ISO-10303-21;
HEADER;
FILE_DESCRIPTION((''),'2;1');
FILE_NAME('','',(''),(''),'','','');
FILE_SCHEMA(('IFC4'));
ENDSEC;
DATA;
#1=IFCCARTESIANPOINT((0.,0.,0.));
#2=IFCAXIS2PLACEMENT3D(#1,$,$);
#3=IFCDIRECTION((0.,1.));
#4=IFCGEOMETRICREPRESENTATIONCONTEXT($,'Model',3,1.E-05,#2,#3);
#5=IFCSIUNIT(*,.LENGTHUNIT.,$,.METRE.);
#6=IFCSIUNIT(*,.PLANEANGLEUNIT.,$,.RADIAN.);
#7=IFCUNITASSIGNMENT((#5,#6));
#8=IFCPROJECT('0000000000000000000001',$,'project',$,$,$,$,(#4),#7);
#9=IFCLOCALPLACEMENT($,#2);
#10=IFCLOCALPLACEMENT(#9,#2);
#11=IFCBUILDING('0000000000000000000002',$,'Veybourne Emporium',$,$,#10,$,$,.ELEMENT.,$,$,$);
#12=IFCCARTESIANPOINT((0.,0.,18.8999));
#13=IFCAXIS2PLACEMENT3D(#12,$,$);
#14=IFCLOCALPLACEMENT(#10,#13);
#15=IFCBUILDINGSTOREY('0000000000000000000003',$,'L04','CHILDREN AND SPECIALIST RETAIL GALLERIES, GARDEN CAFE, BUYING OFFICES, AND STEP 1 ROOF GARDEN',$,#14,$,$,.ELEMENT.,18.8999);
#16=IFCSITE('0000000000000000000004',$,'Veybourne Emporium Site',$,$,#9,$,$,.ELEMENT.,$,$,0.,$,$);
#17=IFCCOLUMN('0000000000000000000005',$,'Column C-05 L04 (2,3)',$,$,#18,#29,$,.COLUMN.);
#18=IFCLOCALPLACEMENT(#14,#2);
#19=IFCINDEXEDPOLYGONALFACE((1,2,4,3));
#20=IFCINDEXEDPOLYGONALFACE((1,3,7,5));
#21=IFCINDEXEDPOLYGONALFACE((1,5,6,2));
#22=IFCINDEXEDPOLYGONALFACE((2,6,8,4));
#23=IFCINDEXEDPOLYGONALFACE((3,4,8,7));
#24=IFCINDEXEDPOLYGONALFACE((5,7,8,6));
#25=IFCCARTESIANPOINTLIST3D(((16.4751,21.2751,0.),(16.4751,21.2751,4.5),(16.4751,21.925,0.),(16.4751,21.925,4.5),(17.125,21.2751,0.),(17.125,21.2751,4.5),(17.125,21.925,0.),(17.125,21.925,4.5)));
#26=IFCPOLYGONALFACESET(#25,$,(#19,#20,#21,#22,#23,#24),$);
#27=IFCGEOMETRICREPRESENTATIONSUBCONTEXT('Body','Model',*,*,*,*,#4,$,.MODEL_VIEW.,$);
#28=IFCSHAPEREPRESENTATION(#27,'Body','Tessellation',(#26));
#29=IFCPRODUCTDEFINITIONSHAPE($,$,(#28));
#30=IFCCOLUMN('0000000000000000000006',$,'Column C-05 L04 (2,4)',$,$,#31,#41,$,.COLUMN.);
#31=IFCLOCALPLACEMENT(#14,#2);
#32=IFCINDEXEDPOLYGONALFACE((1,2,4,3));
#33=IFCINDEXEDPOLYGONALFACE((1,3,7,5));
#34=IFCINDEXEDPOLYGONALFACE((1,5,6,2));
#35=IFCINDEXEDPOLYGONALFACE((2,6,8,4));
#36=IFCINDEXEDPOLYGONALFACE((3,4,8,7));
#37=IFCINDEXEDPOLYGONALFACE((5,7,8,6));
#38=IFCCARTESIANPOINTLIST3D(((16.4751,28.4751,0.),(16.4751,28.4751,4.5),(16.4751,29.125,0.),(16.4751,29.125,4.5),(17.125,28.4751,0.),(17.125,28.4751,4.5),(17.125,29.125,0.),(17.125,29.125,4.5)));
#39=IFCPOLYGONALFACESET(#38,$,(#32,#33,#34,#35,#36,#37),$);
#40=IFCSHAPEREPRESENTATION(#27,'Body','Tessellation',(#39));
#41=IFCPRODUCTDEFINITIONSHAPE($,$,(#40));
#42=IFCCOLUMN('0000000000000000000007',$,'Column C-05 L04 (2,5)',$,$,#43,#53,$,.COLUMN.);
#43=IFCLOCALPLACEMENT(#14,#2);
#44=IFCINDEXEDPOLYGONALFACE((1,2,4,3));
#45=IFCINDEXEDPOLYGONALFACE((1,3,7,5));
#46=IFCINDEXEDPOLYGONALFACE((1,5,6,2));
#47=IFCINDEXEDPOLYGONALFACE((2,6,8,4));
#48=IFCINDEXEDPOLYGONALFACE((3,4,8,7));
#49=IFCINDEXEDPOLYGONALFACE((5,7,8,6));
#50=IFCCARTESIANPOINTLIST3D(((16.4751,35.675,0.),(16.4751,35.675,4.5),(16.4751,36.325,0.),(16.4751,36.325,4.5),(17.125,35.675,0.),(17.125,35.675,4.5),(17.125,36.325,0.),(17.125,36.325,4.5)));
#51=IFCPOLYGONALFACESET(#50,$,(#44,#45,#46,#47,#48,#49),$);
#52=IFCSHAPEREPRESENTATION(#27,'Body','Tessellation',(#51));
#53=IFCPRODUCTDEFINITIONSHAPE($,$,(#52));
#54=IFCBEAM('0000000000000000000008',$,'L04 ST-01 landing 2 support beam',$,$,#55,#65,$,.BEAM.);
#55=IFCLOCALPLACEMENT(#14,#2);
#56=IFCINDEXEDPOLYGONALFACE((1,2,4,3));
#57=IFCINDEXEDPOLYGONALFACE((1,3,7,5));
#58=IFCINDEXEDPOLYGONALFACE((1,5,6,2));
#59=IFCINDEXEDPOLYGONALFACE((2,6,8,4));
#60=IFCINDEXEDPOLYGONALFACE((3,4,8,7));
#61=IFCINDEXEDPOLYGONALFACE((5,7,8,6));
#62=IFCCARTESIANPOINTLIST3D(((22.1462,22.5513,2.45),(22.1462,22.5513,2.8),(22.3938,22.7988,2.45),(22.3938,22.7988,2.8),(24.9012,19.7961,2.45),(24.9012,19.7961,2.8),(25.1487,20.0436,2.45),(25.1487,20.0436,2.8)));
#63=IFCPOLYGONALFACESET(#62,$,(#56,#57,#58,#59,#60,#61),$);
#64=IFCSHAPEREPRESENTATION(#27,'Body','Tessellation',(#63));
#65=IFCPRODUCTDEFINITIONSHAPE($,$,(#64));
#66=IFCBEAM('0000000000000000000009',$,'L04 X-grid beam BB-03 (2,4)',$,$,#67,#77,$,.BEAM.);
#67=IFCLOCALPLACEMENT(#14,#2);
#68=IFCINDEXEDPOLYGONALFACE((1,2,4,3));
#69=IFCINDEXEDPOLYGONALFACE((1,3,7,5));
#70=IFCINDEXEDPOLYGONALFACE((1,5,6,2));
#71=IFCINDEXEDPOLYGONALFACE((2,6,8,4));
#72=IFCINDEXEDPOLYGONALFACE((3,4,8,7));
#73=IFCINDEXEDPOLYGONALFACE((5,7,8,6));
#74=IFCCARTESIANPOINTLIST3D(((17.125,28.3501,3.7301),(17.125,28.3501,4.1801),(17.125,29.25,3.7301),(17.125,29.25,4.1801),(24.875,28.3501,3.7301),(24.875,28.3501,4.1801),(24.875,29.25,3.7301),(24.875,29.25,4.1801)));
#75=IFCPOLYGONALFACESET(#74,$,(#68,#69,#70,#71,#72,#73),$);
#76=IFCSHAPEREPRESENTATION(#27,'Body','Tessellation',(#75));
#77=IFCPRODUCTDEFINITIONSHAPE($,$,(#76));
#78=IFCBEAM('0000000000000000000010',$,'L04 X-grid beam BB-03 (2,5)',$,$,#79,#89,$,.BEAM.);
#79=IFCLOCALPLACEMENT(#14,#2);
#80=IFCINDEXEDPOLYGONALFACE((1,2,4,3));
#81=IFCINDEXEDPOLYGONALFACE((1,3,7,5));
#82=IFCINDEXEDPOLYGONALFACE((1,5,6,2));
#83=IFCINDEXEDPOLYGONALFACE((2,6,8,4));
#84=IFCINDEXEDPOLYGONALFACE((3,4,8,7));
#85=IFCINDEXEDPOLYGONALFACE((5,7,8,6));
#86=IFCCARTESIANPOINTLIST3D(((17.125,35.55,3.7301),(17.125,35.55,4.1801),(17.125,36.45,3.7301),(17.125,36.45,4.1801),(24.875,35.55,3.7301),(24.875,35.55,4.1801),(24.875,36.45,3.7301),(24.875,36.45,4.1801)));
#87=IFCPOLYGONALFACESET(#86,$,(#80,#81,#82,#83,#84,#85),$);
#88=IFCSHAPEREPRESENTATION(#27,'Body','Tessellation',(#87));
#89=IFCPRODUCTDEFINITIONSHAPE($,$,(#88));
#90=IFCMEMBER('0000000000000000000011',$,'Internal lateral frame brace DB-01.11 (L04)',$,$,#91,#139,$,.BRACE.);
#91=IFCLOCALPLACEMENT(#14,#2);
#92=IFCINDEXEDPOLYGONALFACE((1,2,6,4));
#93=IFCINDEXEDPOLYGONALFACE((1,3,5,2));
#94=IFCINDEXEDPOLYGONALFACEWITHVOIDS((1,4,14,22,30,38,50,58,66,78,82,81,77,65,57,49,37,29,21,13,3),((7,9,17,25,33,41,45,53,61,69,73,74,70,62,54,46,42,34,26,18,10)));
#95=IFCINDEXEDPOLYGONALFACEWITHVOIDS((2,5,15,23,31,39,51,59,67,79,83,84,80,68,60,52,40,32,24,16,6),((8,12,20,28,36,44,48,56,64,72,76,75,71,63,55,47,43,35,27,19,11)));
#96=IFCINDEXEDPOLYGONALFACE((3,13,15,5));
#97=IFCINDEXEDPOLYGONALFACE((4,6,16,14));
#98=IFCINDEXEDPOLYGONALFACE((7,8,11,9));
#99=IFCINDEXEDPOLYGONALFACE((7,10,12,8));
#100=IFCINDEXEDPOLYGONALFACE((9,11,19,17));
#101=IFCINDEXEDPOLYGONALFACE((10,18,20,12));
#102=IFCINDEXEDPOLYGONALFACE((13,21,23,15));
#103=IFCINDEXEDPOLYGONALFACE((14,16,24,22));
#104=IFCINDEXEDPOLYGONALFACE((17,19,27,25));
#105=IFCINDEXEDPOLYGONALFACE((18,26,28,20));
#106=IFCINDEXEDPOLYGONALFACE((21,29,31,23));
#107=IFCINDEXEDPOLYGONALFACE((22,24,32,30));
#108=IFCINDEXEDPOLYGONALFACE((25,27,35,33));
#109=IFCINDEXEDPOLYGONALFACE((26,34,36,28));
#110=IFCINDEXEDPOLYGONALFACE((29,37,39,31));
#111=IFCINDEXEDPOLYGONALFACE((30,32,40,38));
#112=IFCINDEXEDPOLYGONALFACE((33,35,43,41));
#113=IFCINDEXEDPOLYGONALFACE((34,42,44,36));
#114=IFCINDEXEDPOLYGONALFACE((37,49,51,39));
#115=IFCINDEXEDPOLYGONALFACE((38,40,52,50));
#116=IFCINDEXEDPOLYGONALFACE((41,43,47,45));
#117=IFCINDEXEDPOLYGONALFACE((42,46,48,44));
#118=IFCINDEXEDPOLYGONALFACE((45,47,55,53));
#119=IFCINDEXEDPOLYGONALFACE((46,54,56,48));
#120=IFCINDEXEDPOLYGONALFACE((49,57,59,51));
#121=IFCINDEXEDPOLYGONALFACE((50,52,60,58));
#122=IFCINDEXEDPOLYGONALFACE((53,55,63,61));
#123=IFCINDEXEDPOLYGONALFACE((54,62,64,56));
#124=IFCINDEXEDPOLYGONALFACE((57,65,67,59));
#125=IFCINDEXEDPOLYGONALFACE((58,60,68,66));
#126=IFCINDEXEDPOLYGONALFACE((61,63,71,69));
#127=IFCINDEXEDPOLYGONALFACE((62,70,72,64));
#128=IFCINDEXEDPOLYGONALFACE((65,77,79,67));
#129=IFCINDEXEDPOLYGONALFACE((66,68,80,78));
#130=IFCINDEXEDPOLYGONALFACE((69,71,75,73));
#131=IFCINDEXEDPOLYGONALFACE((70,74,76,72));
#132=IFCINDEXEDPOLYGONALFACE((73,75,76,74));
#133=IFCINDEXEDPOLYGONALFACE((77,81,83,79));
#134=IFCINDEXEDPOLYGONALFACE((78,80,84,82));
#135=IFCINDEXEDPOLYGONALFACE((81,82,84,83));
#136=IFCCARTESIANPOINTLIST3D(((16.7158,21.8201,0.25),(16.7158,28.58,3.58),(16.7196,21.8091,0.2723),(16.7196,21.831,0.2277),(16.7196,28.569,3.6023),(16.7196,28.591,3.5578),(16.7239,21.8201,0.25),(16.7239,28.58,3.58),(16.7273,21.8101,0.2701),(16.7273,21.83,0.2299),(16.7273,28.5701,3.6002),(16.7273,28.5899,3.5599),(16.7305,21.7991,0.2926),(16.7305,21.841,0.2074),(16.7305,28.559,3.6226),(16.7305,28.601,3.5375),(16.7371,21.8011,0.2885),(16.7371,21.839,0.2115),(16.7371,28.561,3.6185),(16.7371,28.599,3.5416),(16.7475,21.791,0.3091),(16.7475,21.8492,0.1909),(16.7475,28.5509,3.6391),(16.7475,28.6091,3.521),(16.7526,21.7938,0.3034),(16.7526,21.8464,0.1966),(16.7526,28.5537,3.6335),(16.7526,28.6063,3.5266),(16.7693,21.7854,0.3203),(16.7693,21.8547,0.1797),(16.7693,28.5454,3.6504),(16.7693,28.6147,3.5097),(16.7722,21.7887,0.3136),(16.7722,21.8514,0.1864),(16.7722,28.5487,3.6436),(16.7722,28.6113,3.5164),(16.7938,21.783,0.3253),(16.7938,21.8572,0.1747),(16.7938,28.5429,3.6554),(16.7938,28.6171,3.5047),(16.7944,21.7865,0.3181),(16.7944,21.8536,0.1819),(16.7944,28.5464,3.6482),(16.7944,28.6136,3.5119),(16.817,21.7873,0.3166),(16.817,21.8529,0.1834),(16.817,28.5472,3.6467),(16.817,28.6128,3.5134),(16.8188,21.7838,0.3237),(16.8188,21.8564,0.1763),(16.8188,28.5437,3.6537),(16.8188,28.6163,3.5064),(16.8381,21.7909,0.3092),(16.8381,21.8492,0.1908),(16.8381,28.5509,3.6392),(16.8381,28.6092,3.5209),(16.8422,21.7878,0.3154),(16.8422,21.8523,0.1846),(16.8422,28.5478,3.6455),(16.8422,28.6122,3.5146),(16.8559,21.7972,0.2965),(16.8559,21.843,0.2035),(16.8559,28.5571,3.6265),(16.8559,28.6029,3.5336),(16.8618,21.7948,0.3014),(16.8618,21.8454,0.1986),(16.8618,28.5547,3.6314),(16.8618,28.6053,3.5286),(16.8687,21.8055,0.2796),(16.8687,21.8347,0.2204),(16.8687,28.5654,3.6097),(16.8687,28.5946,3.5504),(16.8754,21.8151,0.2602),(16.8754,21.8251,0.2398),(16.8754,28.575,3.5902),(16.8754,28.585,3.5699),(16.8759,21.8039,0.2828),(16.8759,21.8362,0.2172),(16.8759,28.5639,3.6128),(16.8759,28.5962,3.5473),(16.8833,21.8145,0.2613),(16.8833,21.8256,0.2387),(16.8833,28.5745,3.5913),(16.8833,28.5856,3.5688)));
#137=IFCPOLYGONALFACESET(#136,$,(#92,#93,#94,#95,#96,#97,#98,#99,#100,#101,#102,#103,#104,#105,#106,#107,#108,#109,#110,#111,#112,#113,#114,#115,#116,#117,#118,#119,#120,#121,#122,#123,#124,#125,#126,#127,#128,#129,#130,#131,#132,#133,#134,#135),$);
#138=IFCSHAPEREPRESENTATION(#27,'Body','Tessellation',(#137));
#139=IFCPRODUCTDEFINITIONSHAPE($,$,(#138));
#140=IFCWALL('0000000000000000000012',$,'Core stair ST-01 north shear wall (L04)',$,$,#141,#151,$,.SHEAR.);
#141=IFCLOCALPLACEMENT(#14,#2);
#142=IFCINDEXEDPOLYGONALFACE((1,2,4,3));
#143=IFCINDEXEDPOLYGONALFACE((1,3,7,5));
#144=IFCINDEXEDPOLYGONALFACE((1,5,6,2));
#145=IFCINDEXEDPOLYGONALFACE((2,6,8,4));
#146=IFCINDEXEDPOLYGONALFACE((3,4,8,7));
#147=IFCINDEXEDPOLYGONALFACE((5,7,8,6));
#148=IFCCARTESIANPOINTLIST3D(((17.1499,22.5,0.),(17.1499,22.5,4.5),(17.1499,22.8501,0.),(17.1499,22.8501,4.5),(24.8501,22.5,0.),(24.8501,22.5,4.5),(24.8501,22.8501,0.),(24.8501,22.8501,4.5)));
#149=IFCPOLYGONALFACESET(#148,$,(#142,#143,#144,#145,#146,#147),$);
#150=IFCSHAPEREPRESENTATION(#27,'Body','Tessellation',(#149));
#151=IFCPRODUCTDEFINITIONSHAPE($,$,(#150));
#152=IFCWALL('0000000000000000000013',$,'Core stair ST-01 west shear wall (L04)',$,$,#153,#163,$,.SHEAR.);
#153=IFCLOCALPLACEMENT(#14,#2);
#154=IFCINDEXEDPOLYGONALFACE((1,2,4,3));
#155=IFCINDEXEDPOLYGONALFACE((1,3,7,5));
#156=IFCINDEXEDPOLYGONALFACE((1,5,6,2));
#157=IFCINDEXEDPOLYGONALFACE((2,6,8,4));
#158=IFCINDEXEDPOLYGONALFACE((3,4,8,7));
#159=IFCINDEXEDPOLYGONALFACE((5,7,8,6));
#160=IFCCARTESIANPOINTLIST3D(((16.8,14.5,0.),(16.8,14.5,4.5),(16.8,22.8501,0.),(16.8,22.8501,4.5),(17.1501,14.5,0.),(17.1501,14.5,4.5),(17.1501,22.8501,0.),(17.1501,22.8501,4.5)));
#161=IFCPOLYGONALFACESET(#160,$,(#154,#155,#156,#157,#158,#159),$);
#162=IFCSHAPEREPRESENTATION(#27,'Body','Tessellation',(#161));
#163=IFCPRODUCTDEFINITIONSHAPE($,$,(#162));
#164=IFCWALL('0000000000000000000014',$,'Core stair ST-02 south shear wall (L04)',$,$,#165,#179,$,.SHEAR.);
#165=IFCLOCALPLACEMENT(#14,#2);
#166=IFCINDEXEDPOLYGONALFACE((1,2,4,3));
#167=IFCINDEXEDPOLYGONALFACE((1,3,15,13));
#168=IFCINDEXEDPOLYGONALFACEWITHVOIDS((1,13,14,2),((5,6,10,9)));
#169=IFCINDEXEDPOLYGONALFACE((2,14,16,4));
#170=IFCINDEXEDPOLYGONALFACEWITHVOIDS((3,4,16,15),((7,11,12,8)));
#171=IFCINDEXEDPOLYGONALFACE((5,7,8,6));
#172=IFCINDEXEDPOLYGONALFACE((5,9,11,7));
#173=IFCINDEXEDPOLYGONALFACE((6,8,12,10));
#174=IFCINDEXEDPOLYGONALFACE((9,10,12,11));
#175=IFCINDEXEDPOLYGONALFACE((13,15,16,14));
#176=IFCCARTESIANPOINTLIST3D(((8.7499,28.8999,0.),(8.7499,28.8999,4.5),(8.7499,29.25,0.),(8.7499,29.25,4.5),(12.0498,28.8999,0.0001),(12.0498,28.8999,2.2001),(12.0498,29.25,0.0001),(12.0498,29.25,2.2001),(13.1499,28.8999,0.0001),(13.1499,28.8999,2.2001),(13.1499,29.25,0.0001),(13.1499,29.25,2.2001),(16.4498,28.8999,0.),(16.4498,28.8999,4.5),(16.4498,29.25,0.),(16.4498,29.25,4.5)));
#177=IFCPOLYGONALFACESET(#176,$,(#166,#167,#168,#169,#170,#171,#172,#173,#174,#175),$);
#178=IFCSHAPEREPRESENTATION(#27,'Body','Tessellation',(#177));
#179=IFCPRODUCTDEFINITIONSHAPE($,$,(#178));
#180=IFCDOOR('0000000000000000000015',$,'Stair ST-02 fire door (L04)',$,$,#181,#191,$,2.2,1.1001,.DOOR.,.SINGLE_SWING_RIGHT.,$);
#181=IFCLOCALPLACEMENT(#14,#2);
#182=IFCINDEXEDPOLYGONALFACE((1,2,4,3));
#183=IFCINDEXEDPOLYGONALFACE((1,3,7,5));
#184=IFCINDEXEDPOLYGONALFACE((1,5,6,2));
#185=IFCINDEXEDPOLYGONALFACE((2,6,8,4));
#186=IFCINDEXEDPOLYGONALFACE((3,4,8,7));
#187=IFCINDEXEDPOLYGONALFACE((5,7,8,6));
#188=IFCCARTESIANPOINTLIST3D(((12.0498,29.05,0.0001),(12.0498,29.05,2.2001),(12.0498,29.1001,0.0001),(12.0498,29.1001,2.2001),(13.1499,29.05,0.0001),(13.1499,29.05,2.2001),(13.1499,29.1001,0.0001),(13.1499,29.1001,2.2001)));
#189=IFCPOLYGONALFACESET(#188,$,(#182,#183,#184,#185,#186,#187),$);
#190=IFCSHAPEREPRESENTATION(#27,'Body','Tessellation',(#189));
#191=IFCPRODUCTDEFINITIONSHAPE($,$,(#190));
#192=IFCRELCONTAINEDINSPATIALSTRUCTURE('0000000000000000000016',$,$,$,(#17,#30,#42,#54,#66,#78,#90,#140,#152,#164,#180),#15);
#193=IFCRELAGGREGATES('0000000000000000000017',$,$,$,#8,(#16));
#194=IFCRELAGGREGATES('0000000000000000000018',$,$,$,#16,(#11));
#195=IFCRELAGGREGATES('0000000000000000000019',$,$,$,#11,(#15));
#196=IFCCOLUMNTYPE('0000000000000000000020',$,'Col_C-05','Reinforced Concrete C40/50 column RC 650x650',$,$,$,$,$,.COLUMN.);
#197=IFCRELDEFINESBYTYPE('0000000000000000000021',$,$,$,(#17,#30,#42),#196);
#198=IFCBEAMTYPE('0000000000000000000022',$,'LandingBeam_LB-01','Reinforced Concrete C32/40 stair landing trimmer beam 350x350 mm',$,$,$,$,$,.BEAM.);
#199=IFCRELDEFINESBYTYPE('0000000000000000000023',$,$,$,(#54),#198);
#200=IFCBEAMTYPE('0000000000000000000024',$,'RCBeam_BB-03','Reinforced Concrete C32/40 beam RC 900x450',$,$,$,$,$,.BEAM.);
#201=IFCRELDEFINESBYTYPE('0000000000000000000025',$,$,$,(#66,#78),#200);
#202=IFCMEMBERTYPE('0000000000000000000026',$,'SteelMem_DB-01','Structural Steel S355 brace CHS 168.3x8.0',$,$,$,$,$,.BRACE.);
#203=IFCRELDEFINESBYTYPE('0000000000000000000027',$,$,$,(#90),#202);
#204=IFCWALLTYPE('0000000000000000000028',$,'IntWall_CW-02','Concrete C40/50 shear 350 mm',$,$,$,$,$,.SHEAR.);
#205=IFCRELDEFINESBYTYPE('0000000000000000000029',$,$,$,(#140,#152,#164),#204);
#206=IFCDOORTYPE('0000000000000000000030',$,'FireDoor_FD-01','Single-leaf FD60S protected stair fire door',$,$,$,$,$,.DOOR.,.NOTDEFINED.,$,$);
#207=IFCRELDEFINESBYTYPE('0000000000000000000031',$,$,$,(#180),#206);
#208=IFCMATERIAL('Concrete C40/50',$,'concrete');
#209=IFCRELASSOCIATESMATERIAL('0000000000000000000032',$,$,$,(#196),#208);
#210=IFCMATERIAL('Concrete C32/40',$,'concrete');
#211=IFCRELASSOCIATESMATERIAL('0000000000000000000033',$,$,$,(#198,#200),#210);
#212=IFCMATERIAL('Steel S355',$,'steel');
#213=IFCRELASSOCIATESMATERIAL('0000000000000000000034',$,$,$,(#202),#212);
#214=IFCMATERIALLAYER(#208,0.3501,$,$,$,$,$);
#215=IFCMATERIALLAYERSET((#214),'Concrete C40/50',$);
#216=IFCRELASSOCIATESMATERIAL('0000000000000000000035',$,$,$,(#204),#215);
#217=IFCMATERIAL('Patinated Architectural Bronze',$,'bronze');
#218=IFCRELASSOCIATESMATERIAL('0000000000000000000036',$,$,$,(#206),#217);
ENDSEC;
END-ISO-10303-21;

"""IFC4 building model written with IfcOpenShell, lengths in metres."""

from ifc_helpers import new_model, si_unit, direction, frame, frame_2d, origin, origin_2d, place, context, subcontext, project, spatial, rectangle, hollow_circle, extrude, material, layer, layer_set, material_profile, profile_set, type_object, element, fill, save


model = new_model("IFC4")

# Units and contexts
model_context = context("Model", 3, precision=1e-05, world=origin(), true_north=direction((0.0, 1.0)))
body_context = subcontext(model_context, "Body", "Model", "MODEL_VIEW")
ifc_project = project(units=[si_unit("LENGTHUNIT", "METRE"), si_unit("PLANEANGLEUNIT", "RADIAN")], contexts=[model_context])

# Site, building, storey
site_placement = place(None, origin())
site = spatial("IfcSite", under=ifc_project, at=site_placement, Name="Veybourne Emporium Site", CompositionType="ELEMENT", RefElevation=0.0)
building_placement = place(site_placement, origin())
building = spatial("IfcBuilding", under=site, at=building_placement, Name="Veybourne Emporium", CompositionType="ELEMENT")
storey_placement = place(building_placement, frame((0.0, 0.0, 18.8999)))
storey = spatial("IfcBuildingStorey", under=building, at=storey_placement, Name="L04", Description="CHILDREN AND SPECIALIST RETAIL GALLERIES, GARDEN CAFE, BUYING OFFICES, AND STEP 1 ROOF GARDEN", CompositionType="ELEMENT", Elevation=18.8999)

# Columns
ifc_material_1 = material(Name="Concrete C40/50", Category="concrete")
ifc_material_profile_1 = material_profile(ifc_material_1, rectangle(XDim=0.6499, YDim=0.6499, at=origin_2d()), Name="RC 650x650")
ifc_profile_set_1 = profile_set([ifc_material_profile_1], Name="Concrete C40/50")
column_type = type_object("IfcColumnType", Name="Col_C-05", Description="Reinforced Concrete C40/50 column RC 650x650", PredefinedType="COLUMN", material=ifc_profile_set_1)
for number, where, z_axis, x_axis, name in (
    (1, (16.8, 21.6001, 0.0), (0.0, 0.0, 1.0), (1.0, 0.0, 0.0), "Column C-05 L04 (2,3)"),
    (2, (16.8, 28.8, 0.0), (0.0, 0.0, 1.0), (1.0, 0.0, 0.0), "Column C-05 L04 (2,4)"),
    (3, (16.8, 36.0, 0.0), (0.0, 0.0, 1.0), (1.0, 0.0, 0.0), "Column C-05 L04 (2,5)"),
):
    element("IfcColumn", number, at=place(storey_placement, frame(where, z_axis=z_axis, x_axis=x_axis)), inside=storey, type_object=column_type, Name=name, PredefinedType="COLUMN", context=body_context, shape_type="SweptSolid", body=[
        extrude(rectangle(XDim=0.6499, YDim=0.6499, at=origin_2d()), origin(), (0.0, 0.0, 1.0), 4.5),
    ])

# Beams
ifc_material_2 = material(Name="Concrete C32/40", Category="concrete")
ifc_material_profile_2 = material_profile(ifc_material_2, rectangle(XDim=0.3501, YDim=0.3501, at=origin_2d()), Name="RC 350x350")
ifc_profile_set_2 = profile_set([ifc_material_profile_2], Name="Concrete C32/40")
beam_type_1 = type_object("IfcBeamType", Name="LandingBeam_LB-01", Description="Reinforced Concrete C32/40 stair landing trimmer beam 350x350 mm", PredefinedType="BEAM", material=ifc_profile_set_2)
beam_placement = place(storey_placement, frame((22.27, 22.675, 2.625), z_axis=(0.707075, -0.707138, 0.0), x_axis=(0.707138, 0.707075, 0.0)))
element("IfcBeam", 4, at=beam_placement, inside=storey, type_object=beam_type_1, Name="L04 ST-01 landing 2 support beam", PredefinedType="BEAM", context=body_context, shape_type="SweptSolid", body=[
    extrude(rectangle(XDim=0.3501, YDim=0.3501, at=origin_2d()), origin(), (0.0, 0.0, 1.0), 3.8962),
])
ifc_material_profile_3 = material_profile(ifc_material_2, rectangle(XDim=0.8999, YDim=0.45, at=origin_2d()), Name="RC 900x450")
ifc_profile_set_3 = profile_set([ifc_material_profile_3], Name="Concrete C32/40")
beam_type_2 = type_object("IfcBeamType", Name="RCBeam_BB-03", Description="Reinforced Concrete C32/40 beam RC 900x450", PredefinedType="BEAM", material=ifc_profile_set_3)
for number, where, z_axis, x_axis, name in (
    (5, (17.125, 28.8, 3.9551), (1.0, 0.0, 0.0), (0.0, 1.0, 0.0), "L04 X-grid beam BB-03 (2,4)"),
    (6, (17.125, 36.0, 3.9551), (1.0, 0.0, 0.0), (0.0, 1.0, 0.0), "L04 X-grid beam BB-03 (2,5)"),
):
    element("IfcBeam", number, at=place(storey_placement, frame(where, z_axis=z_axis, x_axis=x_axis)), inside=storey, type_object=beam_type_2, Name=name, PredefinedType="BEAM", context=body_context, shape_type="SweptSolid", body=[
        extrude(rectangle(XDim=0.8999, YDim=0.45, at=origin_2d()), origin(), (0.0, 0.0, 1.0), 7.75),
    ])

# Member
ifc_material_3 = material(Name="Steel S355", Category="steel")
ifc_material_profile_4 = material_profile(ifc_material_3, hollow_circle(Radius=0.0842, WallThickness=0.0081, at=origin_2d()), Name="CHS 168.3x8.0")
ifc_profile_set_4 = profile_set([ifc_material_profile_4], Name="Steel S355")
member_type = type_object("IfcMemberType", Name="SteelMem_DB-01", Description="Structural Steel S355 brace CHS 168.3x8.0", PredefinedType="BRACE", material=ifc_profile_set_4)
member_placement = place(storey_placement, frame((16.8, 21.8201, 0.25), z_axis=(0.0, 0.897062, 0.441905), x_axis=(-1.0, 0.0, 0.0)))
element("IfcMember", 7, at=member_placement, inside=storey, type_object=member_type, Name="Internal lateral frame brace DB-01.11 (L04)", PredefinedType="BRACE", context=body_context, shape_type="SweptSolid", body=[
    extrude(hollow_circle(Radius=0.0842, WallThickness=0.0081, at=origin_2d()), origin(), (0.0, 0.0, 1.0), 7.5356),
])

# Walls
ifc_layer_1 = layer(ifc_material_1, 0.3501)
ifc_layer_set_1 = layer_set([ifc_layer_1], Name="Concrete C40/50")
wall_type_1 = type_object("IfcWallType", Name="IntWall_CW-02", Description="Concrete C40/50 shear 350 mm", PredefinedType="SHEAR", material=ifc_layer_set_1)
wall_1_placement = place(storey_placement, frame((17.1499, 22.675, 0.0), z_axis=(0.0, 0.0, 1.0), x_axis=(1.0, 0.0, 0.0)))
element("IfcWall", 8, at=wall_1_placement, inside=storey, type_object=wall_type_1, Name="Core stair ST-01 north shear wall (L04)", PredefinedType="SHEAR", context=body_context, shape_type="SweptSolid", body=[
    extrude(rectangle(XDim=7.7002, YDim=0.3501, at=frame_2d((3.8501, 0.0))), origin(), (0.0, 0.0, 1.0), 4.5),
])
wall_2_placement = place(storey_placement, frame((16.9751, 22.8501, 0.0), z_axis=(0.0, 0.0, 1.0), x_axis=(0.0, -1.0, 0.0)))
element("IfcWall", 9, at=wall_2_placement, inside=storey, type_object=wall_type_1, Name="Core stair ST-01 west shear wall (L04)", PredefinedType="SHEAR", context=body_context, shape_type="SweptSolid", body=[
    extrude(rectangle(XDim=8.3501, YDim=0.3501, at=frame_2d((4.175, 0.0))), origin(), (0.0, 0.0, 1.0), 4.5),
])

# Wall, opening, door
wall_3_placement = place(storey_placement, frame((16.45, 29.075, 0.0), z_axis=(0.0, 0.0, 1.0), x_axis=(-1.0, 0.0, 0.0)))
wall_3 = element("IfcWall", 10, at=wall_3_placement, inside=storey, type_object=wall_type_1, Name="Core stair ST-02 south shear wall (L04)", PredefinedType="SHEAR", context=body_context, shape_type="SweptSolid", body=[
    extrude(rectangle(XDim=7.7, YDim=0.3501, at=frame_2d((3.8501, 0.0))), origin(), (0.0, 0.0, 1.0), 4.5),
])
opening_1_placement = place(wall_3_placement, frame((3.3, 0.0, 0.0)))
opening_1 = element("IfcOpeningElement", 11, at=opening_1_placement, cuts=wall_3, PredefinedType="OPENING", context=body_context, shape_type="SweptSolid", body=[
    extrude(rectangle(XDim=1.1001, YDim=2.2, at=frame_2d((0.55, 1.1001))), frame((0.0, 0.1951, 0.0), z_axis=(0.0, -1.0, 0.0), x_axis=(1.0, 0.0, 0.0)), (0.0, 0.0, 1.0), 0.3901),
])
ifc_material_4 = material(Name="Patinated Architectural Bronze", Category="bronze")
door_type_1 = type_object("IfcDoorType", Name="FireDoor_FD-01", Description="Single-leaf FD60S protected stair fire door", OperationType="NOTDEFINED", PredefinedType="DOOR", material=ifc_material_4)
door_1_placement = place(opening_1_placement, origin())
door_1 = element("IfcDoor", 12, at=door_1_placement, inside=storey, type_object=door_type_1, Name="Stair ST-02 fire door (L04)", OperationType="SINGLE_SWING_RIGHT", OverallHeight=2.2, OverallWidth=1.1001, PredefinedType="DOOR", context=body_context, shape_type="SweptSolid", body=[
    extrude(rectangle(XDim=1.1001, YDim=2.2, at=frame_2d((0.55, 1.1001))), frame((0.0, 0.0249, 0.0), z_axis=(0.0, -1.0, 0.0), x_axis=(1.0, 0.0, 0.0)), (0.0, 0.0, 1.0), 0.05),
])
fill(opening_1, door_1)

save(model, "model.ifc")
